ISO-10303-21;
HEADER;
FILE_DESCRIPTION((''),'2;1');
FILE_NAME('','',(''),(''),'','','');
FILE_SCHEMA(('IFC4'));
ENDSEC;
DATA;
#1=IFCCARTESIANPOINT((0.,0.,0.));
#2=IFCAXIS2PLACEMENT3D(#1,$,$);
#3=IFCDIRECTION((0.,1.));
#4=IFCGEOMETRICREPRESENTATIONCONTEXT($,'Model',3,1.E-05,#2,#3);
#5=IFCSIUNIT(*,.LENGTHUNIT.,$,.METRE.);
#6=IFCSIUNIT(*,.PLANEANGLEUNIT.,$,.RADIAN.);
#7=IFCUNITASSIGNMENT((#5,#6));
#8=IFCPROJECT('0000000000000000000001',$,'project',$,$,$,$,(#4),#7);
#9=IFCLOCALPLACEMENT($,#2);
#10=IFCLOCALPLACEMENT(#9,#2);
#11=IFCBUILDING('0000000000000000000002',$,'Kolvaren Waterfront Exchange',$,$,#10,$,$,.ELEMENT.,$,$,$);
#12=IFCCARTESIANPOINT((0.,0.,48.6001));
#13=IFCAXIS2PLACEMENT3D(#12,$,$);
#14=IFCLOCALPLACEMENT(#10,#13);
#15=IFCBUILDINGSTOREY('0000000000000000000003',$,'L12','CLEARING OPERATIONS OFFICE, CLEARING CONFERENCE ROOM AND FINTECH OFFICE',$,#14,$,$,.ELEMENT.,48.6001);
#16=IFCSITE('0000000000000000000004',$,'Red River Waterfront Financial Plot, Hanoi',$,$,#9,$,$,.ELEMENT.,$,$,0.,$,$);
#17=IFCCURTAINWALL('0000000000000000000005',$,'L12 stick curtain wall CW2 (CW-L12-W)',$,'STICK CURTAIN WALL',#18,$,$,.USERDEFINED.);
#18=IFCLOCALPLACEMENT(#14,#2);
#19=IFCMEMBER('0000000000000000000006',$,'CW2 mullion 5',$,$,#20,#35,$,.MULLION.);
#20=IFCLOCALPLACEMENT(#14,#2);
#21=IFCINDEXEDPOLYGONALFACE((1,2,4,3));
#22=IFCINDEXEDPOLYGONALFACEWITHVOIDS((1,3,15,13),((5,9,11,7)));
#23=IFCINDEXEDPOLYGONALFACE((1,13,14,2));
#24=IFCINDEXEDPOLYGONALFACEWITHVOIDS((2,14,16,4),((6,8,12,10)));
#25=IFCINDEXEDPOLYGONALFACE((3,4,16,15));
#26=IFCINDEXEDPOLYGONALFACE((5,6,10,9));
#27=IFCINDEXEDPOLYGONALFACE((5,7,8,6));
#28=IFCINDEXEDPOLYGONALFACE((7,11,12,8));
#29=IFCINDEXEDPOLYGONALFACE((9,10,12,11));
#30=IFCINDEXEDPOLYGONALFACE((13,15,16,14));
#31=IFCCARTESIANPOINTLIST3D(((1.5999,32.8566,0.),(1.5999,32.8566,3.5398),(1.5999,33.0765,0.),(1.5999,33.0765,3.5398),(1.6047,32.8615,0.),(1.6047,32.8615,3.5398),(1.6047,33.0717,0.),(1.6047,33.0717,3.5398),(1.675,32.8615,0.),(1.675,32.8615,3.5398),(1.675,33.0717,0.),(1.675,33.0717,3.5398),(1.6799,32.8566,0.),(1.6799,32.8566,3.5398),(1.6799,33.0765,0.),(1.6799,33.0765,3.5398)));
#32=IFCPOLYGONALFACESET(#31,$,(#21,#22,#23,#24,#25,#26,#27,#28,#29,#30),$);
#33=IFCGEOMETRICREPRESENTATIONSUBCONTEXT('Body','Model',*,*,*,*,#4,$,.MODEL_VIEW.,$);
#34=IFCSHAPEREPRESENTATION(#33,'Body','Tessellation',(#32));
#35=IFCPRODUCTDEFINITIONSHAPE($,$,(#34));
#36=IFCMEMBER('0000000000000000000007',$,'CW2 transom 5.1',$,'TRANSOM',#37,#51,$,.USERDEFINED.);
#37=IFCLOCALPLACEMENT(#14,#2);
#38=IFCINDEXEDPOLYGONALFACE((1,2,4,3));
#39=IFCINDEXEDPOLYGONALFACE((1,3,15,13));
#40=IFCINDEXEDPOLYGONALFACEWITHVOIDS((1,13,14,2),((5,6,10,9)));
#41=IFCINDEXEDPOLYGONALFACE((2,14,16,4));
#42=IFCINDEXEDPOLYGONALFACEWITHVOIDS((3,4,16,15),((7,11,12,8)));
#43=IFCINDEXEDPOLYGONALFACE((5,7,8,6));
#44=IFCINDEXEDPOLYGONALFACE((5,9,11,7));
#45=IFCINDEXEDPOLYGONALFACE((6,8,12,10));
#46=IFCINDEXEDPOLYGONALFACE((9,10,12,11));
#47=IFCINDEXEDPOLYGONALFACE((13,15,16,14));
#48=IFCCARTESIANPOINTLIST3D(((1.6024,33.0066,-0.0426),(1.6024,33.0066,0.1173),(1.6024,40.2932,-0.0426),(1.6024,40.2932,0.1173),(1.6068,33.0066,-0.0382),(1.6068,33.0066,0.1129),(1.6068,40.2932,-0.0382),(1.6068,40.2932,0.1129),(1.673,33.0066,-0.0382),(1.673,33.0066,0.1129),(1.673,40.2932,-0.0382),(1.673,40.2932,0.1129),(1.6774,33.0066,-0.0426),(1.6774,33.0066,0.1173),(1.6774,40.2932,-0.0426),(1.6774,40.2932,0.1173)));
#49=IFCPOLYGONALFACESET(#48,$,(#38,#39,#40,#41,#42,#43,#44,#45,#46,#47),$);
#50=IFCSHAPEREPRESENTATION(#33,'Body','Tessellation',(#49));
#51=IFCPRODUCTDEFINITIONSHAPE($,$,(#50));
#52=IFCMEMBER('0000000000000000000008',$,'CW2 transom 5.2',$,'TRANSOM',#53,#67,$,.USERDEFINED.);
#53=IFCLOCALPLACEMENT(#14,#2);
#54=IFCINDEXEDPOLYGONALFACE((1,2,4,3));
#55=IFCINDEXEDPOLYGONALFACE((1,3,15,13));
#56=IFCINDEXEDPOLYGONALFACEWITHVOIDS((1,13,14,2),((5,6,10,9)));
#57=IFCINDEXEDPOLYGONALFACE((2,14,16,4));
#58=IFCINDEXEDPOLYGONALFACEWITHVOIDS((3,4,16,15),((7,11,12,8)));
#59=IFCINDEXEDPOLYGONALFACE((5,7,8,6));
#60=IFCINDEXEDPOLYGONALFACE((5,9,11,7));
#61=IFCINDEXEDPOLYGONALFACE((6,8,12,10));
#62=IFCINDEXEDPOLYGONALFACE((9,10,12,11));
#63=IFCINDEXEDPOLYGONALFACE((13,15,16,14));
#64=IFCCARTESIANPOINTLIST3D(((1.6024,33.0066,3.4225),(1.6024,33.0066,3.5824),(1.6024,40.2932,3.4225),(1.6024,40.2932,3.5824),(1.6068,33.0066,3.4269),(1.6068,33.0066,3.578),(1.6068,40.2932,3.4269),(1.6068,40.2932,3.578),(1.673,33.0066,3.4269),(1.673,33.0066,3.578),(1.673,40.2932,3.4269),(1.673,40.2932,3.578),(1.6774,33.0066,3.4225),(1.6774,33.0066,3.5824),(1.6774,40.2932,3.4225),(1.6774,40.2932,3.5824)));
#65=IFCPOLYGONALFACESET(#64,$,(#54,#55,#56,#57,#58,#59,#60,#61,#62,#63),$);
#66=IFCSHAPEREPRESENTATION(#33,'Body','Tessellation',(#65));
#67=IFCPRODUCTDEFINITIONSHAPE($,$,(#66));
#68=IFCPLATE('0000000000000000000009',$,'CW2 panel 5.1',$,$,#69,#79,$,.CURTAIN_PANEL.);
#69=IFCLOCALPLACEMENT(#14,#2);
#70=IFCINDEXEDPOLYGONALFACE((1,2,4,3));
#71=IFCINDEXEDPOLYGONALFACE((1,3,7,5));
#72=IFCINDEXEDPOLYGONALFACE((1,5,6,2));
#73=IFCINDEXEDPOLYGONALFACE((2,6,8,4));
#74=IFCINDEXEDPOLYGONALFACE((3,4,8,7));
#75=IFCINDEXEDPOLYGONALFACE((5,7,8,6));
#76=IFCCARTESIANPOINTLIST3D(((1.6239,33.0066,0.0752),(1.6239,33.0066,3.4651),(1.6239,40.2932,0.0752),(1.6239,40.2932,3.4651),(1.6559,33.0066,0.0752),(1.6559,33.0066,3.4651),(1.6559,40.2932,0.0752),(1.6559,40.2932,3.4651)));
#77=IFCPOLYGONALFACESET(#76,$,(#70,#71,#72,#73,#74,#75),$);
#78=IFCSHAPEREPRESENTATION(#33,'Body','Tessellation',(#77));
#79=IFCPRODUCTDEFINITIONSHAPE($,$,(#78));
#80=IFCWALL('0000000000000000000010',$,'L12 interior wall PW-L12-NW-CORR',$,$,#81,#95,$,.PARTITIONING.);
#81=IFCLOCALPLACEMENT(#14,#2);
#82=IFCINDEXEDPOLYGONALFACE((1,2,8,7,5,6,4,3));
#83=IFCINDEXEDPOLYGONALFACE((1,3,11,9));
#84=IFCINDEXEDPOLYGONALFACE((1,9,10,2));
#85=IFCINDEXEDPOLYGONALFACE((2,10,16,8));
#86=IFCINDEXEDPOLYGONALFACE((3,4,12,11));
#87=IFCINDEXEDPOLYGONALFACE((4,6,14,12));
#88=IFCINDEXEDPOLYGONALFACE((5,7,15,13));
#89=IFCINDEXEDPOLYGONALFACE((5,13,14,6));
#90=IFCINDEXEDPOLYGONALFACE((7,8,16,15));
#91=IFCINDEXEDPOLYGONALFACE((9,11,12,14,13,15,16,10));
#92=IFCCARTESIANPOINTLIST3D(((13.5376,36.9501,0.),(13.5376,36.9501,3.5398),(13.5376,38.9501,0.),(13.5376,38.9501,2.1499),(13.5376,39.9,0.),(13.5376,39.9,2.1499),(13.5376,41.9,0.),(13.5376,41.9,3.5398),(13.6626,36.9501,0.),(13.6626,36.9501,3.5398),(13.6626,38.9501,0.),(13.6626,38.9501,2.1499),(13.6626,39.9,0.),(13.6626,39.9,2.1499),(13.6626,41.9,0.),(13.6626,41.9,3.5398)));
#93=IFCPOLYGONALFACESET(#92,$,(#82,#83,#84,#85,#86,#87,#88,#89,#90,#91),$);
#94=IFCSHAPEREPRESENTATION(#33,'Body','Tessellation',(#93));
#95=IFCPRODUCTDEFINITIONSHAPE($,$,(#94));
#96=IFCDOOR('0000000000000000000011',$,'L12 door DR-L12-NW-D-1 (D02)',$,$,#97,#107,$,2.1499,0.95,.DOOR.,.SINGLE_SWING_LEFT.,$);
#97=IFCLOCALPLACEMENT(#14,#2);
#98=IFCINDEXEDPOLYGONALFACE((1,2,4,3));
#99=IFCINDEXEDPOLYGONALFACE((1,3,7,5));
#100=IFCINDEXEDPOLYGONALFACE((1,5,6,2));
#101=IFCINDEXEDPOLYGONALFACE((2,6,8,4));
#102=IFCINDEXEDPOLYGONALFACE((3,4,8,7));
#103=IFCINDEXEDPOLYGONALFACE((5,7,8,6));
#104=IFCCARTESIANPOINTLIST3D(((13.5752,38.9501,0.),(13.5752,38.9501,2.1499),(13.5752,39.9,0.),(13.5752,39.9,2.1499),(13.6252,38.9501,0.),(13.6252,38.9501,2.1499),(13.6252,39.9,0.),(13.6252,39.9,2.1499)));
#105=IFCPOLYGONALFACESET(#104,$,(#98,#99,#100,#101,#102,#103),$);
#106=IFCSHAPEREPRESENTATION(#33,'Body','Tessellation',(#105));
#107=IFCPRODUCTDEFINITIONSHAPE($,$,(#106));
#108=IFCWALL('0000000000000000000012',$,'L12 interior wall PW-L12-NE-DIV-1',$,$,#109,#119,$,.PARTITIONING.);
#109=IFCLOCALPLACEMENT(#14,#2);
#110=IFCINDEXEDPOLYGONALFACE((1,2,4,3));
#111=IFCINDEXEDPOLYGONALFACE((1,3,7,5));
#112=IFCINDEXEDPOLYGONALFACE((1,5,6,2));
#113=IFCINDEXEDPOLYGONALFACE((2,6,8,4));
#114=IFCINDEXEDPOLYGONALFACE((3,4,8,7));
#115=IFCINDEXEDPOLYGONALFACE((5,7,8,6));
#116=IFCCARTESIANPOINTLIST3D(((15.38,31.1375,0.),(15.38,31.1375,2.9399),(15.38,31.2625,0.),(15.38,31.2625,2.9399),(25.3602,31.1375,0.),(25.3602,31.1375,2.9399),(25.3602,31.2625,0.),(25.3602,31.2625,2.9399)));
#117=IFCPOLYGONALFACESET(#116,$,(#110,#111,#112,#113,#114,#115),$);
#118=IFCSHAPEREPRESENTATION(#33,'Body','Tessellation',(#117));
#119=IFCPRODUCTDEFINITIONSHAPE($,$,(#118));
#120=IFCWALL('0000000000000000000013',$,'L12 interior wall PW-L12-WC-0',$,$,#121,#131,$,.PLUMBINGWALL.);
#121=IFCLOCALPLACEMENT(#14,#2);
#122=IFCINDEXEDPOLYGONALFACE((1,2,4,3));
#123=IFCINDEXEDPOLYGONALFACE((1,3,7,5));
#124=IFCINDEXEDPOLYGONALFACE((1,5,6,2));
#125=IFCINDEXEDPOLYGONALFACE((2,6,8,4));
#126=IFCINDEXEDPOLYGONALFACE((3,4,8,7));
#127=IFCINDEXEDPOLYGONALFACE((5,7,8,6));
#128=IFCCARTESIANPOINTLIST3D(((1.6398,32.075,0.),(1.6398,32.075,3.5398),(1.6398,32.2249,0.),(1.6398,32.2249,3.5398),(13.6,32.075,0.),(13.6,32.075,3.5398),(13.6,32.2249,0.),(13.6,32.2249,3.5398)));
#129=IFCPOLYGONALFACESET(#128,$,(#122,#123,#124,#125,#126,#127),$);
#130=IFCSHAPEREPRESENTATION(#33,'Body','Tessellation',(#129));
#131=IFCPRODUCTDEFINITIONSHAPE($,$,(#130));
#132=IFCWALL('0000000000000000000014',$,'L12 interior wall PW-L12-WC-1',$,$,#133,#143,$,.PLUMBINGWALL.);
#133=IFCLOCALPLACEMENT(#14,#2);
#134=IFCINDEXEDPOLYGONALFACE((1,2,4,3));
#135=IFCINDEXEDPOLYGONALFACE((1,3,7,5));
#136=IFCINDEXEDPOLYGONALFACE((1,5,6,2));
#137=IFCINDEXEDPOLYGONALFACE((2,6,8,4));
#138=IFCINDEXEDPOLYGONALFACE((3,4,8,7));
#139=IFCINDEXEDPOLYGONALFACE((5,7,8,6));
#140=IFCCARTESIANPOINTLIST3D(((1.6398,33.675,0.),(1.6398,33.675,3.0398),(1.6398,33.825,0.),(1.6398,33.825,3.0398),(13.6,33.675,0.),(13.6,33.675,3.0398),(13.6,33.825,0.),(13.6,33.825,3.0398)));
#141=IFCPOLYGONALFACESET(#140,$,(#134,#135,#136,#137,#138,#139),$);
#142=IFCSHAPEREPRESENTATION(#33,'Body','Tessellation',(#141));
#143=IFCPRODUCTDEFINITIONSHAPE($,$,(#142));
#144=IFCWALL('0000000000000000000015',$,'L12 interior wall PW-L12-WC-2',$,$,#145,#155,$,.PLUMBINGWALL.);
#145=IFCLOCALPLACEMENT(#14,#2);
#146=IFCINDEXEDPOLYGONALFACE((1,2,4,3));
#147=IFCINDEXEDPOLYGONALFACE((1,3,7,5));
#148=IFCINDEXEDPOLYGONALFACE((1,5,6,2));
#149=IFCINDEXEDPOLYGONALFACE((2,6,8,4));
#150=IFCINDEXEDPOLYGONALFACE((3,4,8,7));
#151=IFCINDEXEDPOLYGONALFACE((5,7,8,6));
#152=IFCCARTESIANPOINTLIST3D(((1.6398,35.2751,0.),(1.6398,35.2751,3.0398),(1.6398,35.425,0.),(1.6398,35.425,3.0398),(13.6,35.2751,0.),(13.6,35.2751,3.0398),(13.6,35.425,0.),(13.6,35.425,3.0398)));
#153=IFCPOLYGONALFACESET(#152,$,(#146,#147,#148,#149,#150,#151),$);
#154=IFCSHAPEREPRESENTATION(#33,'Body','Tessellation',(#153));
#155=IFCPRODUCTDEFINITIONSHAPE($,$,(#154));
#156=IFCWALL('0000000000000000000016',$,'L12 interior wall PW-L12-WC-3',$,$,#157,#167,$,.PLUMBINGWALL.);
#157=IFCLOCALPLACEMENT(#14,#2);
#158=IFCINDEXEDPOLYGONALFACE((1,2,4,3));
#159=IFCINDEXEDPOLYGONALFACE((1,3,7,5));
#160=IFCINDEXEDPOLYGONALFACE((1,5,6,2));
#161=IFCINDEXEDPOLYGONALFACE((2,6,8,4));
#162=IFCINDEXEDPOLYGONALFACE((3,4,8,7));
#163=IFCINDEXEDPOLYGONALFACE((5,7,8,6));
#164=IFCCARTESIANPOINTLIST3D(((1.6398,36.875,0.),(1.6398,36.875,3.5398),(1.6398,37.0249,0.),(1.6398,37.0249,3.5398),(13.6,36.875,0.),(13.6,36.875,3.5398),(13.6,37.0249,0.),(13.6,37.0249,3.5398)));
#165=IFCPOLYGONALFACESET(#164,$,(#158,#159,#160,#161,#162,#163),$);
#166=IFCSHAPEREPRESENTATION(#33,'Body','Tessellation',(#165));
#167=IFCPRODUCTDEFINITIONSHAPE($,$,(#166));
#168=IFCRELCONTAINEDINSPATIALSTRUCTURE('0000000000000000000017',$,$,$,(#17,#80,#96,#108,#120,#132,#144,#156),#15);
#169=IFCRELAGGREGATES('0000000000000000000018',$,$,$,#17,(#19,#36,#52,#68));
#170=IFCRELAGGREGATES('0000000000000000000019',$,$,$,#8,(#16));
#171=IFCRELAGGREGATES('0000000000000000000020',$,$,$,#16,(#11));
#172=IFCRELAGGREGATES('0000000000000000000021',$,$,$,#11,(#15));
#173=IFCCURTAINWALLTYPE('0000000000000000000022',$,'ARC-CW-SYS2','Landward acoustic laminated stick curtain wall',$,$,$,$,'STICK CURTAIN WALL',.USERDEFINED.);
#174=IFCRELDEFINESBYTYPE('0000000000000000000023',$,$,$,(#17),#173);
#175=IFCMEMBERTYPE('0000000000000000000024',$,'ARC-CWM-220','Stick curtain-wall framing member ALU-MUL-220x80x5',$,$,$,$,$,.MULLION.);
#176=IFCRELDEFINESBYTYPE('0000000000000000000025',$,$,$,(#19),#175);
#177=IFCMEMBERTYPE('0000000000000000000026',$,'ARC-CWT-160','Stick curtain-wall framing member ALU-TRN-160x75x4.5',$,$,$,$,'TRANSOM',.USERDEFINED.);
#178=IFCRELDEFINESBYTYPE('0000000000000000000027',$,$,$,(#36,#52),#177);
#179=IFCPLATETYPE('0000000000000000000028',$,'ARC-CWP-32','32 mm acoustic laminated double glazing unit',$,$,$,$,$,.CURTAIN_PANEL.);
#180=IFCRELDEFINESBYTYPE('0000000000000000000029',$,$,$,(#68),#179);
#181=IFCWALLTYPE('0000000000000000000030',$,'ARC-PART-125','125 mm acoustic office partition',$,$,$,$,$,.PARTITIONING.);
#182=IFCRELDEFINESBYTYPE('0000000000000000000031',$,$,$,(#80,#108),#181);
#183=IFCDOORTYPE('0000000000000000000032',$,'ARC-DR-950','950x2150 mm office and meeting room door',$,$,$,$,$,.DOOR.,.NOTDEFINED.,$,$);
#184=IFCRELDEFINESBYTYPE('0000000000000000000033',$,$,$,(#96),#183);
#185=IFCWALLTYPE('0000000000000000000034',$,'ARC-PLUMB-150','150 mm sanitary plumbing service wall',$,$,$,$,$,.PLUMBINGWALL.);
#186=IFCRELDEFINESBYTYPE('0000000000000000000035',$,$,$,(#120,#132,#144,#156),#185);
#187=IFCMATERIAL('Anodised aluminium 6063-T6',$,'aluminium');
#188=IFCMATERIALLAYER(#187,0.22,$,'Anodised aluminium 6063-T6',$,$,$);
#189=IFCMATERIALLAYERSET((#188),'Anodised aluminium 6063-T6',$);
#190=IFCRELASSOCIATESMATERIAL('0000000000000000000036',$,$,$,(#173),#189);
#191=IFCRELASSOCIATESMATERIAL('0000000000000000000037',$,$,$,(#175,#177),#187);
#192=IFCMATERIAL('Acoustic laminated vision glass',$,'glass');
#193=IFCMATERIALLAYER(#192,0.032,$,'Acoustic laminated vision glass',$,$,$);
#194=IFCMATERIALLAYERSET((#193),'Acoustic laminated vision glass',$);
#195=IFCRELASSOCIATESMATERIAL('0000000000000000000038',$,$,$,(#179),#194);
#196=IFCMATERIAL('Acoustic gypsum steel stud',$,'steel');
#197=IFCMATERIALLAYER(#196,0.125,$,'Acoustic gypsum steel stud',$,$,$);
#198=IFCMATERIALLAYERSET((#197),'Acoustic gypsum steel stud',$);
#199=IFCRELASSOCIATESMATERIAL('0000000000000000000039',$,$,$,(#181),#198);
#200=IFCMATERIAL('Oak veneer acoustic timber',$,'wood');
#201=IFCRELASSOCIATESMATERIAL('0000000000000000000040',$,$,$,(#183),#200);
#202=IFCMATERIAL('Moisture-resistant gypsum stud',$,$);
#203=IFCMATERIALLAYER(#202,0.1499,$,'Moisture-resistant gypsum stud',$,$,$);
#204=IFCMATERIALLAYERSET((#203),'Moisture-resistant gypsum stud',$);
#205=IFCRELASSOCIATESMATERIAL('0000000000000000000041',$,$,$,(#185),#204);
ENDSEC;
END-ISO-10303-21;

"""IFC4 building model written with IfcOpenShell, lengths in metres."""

from ifc_helpers import new_model, si_unit, direction, frame, frame_2d, origin, origin_with_axes, origin_2d, place, context, subcontext, project, spatial, rectangle, hollow_rectangle, extrude, source, transform, mapped, material, layer, layer_set, material_profile, profile_set, type_object, element, fill, aggregate, save


model = new_model("IFC4")

# Units and contexts
model_context = context("Model", 3, precision=1e-05, world=origin(), true_north=direction((0.0, 1.0)))
body_context = subcontext(model_context, "Body", "Model", "MODEL_VIEW")
ifc_project = project(units=[si_unit("LENGTHUNIT", "METRE"), si_unit("PLANEANGLEUNIT", "RADIAN")], contexts=[model_context])

# Site, building, storey
site_placement = place(None, origin())
site = spatial("IfcSite", under=ifc_project, at=site_placement, Name="Red River Waterfront Financial Plot, Hanoi", CompositionType="ELEMENT", RefElevation=0.0)
building_placement = place(site_placement, origin())
building = spatial("IfcBuilding", under=site, at=building_placement, Name="Kolvaren Waterfront Exchange", CompositionType="ELEMENT")
storey_placement = place(building_placement, frame((0.0, 0.0, 48.6001)))
storey = spatial("IfcBuildingStorey", under=building, at=storey_placement, Name="L12", Description="CLEARING OPERATIONS OFFICE, CLEARING CONFERENCE ROOM AND FINTECH OFFICE", CompositionType="ELEMENT", Elevation=48.6001)

# Curtain wall, members, plate
ifc_material_1 = material(Name="Anodised aluminium 6063-T6", Category="aluminium")
ifc_layer_1 = layer(ifc_material_1, 0.22, Name="Anodised aluminium 6063-T6")
ifc_layer_set_1 = layer_set([ifc_layer_1], Name="Anodised aluminium 6063-T6")
curtain_wall_type = type_object("IfcCurtainWallType", Name="ARC-CW-SYS2", Description="Landward acoustic laminated stick curtain wall", ElementType="STICK CURTAIN WALL", PredefinedType="USERDEFINED", material=ifc_layer_set_1)
curtain_wall_placement = place(storey_placement, origin())
curtain_wall = element("IfcCurtainWall", 1, at=curtain_wall_placement, inside=storey, type_object=curtain_wall_type, Name="L12 stick curtain wall CW2 (CW-L12-W)", ObjectType="STICK CURTAIN WALL", PredefinedType="USERDEFINED")
ifc_material_profile_1 = material_profile(ifc_material_1, hollow_rectangle(XDim=0.0801, YDim=0.22, WallThickness=0.0049, at=origin_2d()), Name="ALU-MUL-220x80x5")
ifc_profile_set_1 = profile_set([ifc_material_profile_1], Name="Anodised aluminium 6063-T6")
member_type_1 = type_object("IfcMemberType", Name="ARC-CWM-220", Description="Stick curtain-wall framing member ALU-MUL-220x80x5", PredefinedType="MULLION", material=ifc_profile_set_1)
shared_shape_1 = source(origin_with_axes(), body_context, "Body", "SweptSolid", [
    extrude(hollow_rectangle(XDim=0.0801, YDim=0.22, WallThickness=0.0049, at=origin_2d()), origin(), (0.0, 0.0, 1.0), 3.5398),
])
member_1_placement = place(storey_placement, frame((1.6399, 32.9666, 0.0), z_axis=(0.0, 0.0, 1.0), x_axis=(-1.0, 0.0, 0.0)))
member_1 = element("IfcMember", 2, at=member_1_placement, type_object=member_type_1, Name="CW2 mullion 5", PredefinedType="MULLION", context=body_context, shape_type="MappedRepresentation", body=[
    mapped(shared_shape_1, transform((0.0, 0.0, 0.0), x_axis=(1.0, 0.0, 0.0), y_axis=(0.0, 1.0, 0.0), z_axis=(0.0, 0.0, 1.0), scale=1.0)),
])
ifc_material_profile_2 = material_profile(ifc_material_1, hollow_rectangle(XDim=0.075, YDim=0.1599, WallThickness=0.0044, at=origin_2d()), Name="ALU-TRN-160x75x4.5")
ifc_profile_set_2 = profile_set([ifc_material_profile_2], Name="Anodised aluminium 6063-T6")
member_type_2 = type_object("IfcMemberType", Name="ARC-CWT-160", Description="Stick curtain-wall framing member ALU-TRN-160x75x4.5", ElementType="TRANSOM", PredefinedType="USERDEFINED", material=ifc_profile_set_2)
shared_shape_2 = source(origin_with_axes(), body_context, "Body", "SweptSolid", [
    extrude(hollow_rectangle(XDim=0.075, YDim=0.1599, WallThickness=0.0044, at=origin_2d()), origin(), (0.0, 0.0, 1.0), 7.2866),
])
member_2_placement = place(storey_placement, frame((1.6399, 33.0066, 0.0374), z_axis=(0.0, 1.0, 0.0), x_axis=(-1.0, 0.0, 0.0)))
member_2 = element("IfcMember", 3, at=member_2_placement, type_object=member_type_2, Name="CW2 transom 5.1", ObjectType="TRANSOM", PredefinedType="USERDEFINED", context=body_context, shape_type="MappedRepresentation", body=[
    mapped(shared_shape_2, transform((0.0, 0.0, 0.0), x_axis=(1.0, 0.0, 0.0), y_axis=(0.0, 1.0, 0.0), z_axis=(0.0, 0.0, 1.0), scale=1.0)),
])
member_3_placement = place(storey_placement, frame((1.6399, 33.0066, 3.5024), z_axis=(0.0, 1.0, 0.0), x_axis=(-1.0, 0.0, 0.0)))
member_3 = element("IfcMember", 4, at=member_3_placement, type_object=member_type_2, Name="CW2 transom 5.2", ObjectType="TRANSOM", PredefinedType="USERDEFINED", context=body_context, shape_type="MappedRepresentation", body=[
    mapped(shared_shape_2, transform((0.0, 0.0, 0.0), x_axis=(1.0, 0.0, 0.0), y_axis=(0.0, 1.0, 0.0), z_axis=(0.0, 0.0, 1.0), scale=1.0)),
])
ifc_material_2 = material(Name="Acoustic laminated vision glass", Category="glass")
ifc_layer_2 = layer(ifc_material_2, 0.032, Name="Acoustic laminated vision glass")
ifc_layer_set_2 = layer_set([ifc_layer_2], Name="Acoustic laminated vision glass")
plate_type = type_object("IfcPlateType", Name="ARC-CWP-32", Description="32 mm acoustic laminated double glazing unit", PredefinedType="CURTAIN_PANEL", material=ifc_layer_set_2)
shared_shape_3 = source(origin_with_axes(), body_context, "Body", "SweptSolid", [
    extrude(rectangle(XDim=7.2866, YDim=0.032, at=origin_2d()), origin(), (0.0, 0.0, 1.0), 3.3899),
])
plate_placement = place(storey_placement, frame((1.6399, 36.6499, 0.0752), z_axis=(0.0, 0.0, 1.0), x_axis=(0.0, 1.0, 0.0)))
plate = element("IfcPlate", 5, at=plate_placement, type_object=plate_type, Name="CW2 panel 5.1", PredefinedType="CURTAIN_PANEL", context=body_context, shape_type="MappedRepresentation", body=[
    mapped(shared_shape_3, transform((0.0, 0.0, 0.0), x_axis=(1.0, 0.0, 0.0), y_axis=(0.0, 1.0, 0.0), z_axis=(0.0, 0.0, 1.0), scale=1.0)),
])
aggregate(curtain_wall, [member_1, member_2, member_3, plate])

# Wall, opening, door
ifc_material_3 = material(Name="Acoustic gypsum steel stud", Category="steel")
ifc_layer_3 = layer(ifc_material_3, 0.125, Name="Acoustic gypsum steel stud")
ifc_layer_set_3 = layer_set([ifc_layer_3], Name="Acoustic gypsum steel stud")
wall_type_1 = type_object("IfcWallType", Name="ARC-PART-125", Description="125 mm acoustic office partition", PredefinedType="PARTITIONING", material=ifc_layer_set_3)
wall_1_placement = place(storey_placement, frame((13.6001, 36.95, 0.0), z_axis=(0.0, 0.0, 1.0), x_axis=(0.0, 1.0, 0.0)))
wall_1 = element("IfcWall", 6, at=wall_1_placement, inside=storey, type_object=wall_type_1, Name="L12 interior wall PW-L12-NW-CORR", PredefinedType="PARTITIONING", context=body_context, shape_type="SweptSolid", body=[
    extrude(rectangle(XDim=4.95, YDim=0.125, at=frame_2d((2.4751, 0.0))), origin(), (0.0, 0.0, 1.0), 3.5398),
])
opening_1_placement = place(wall_1_placement, frame((2.0, 0.0, 0.0)))
opening_1 = element("IfcOpeningElement", 7, at=opening_1_placement, cuts=wall_1, PredefinedType="OPENING", context=body_context, shape_type="SweptSolid", body=[
    extrude(rectangle(XDim=0.95, YDim=2.1499, at=frame_2d((0.4751, 1.075))), frame((0.0, 0.0725, 0.0), z_axis=(0.0, -1.0, 0.0), x_axis=(1.0, 0.0, 0.0)), (0.0, 0.0, 1.0), 0.145),
])
ifc_material_4 = material(Name="Oak veneer acoustic timber", Category="wood")
door_type_1 = type_object("IfcDoorType", Name="ARC-DR-950", Description="950x2150 mm office and meeting room door", OperationType="NOTDEFINED", PredefinedType="DOOR", material=ifc_material_4)
door_1_placement = place(opening_1_placement, origin())
door_1 = element("IfcDoor", 8, at=door_1_placement, inside=storey, type_object=door_type_1, Name="L12 door DR-L12-NW-D-1 (D02)", OperationType="SINGLE_SWING_LEFT", OverallHeight=2.1499, OverallWidth=0.95, PredefinedType="DOOR", context=body_context, shape_type="SweptSolid", body=[
    extrude(rectangle(XDim=0.95, YDim=2.1499, at=frame_2d((0.4751, 1.075))), frame((0.0, 0.0249, 0.0), z_axis=(0.0, -1.0, 0.0), x_axis=(1.0, 0.0, 0.0)), (0.0, 0.0, 1.0), 0.05),
])
fill(opening_1, door_1)

# Walls
wall_2_placement = place(storey_placement, frame((15.3799, 31.2, 0.0), z_axis=(0.0, 0.0, 1.0), x_axis=(1.0, 0.0, 0.0)))
element("IfcWall", 9, at=wall_2_placement, inside=storey, type_object=wall_type_1, Name="L12 interior wall PW-L12-NE-DIV-1", PredefinedType="PARTITIONING", context=body_context, shape_type="SweptSolid", body=[
    extrude(rectangle(XDim=9.9802, YDim=0.125, at=frame_2d((4.9902, 0.0))), origin(), (0.0, 0.0, 1.0), 2.9399),
])
ifc_material_5 = material(Name="Moisture-resistant gypsum stud")
ifc_layer_4 = layer(ifc_material_5, 0.1499, Name="Moisture-resistant gypsum stud")
ifc_layer_set_4 = layer_set([ifc_layer_4], Name="Moisture-resistant gypsum stud")
wall_type_2 = type_object("IfcWallType", Name="ARC-PLUMB-150", Description="150 mm sanitary plumbing service wall", PredefinedType="PLUMBINGWALL", material=ifc_layer_set_4)
wall_3_placement = place(storey_placement, frame((1.6399, 32.1499, 0.0), z_axis=(0.0, 0.0, 1.0), x_axis=(1.0, 0.0, 0.0)))
element("IfcWall", 10, at=wall_3_placement, inside=storey, type_object=wall_type_2, Name="L12 interior wall PW-L12-WC-0", PredefinedType="PLUMBINGWALL", context=body_context, shape_type="SweptSolid", body=[
    extrude(rectangle(XDim=11.9602, YDim=0.1499, at=frame_2d((5.98, 0.0))), origin(), (0.0, 0.0, 1.0), 3.5398),
])

# Walls
for number, where, z_axis, x_axis, name in (
    (11, (1.6399, 33.75, 0.0), (0.0, 0.0, 1.0), (1.0, 0.0, 0.0), "L12 interior wall PW-L12-WC-1"),
    (12, (1.6399, 35.3501, 0.0), (0.0, 0.0, 1.0), (1.0, 0.0, 0.0), "L12 interior wall PW-L12-WC-2"),
):
    element("IfcWall", number, at=place(storey_placement, frame(where, z_axis=z_axis, x_axis=x_axis)), inside=storey, type_object=wall_type_2, Name=name, PredefinedType="PLUMBINGWALL", context=body_context, shape_type="SweptSolid", body=[
        extrude(rectangle(XDim=11.9602, YDim=0.1499, at=frame_2d((5.98, 0.0))), origin(), (0.0, 0.0, 1.0), 3.0398),
    ])
wall_4_placement = place(storey_placement, frame((1.6399, 36.95, 0.0), z_axis=(0.0, 0.0, 1.0), x_axis=(1.0, 0.0, 0.0)))
element("IfcWall", 13, at=wall_4_placement, inside=storey, type_object=wall_type_2, Name="L12 interior wall PW-L12-WC-3", PredefinedType="PLUMBINGWALL", context=body_context, shape_type="SweptSolid", body=[
    extrude(rectangle(XDim=11.9602, YDim=0.1499, at=frame_2d((5.98, 0.0))), origin(), (0.0, 0.0, 1.0), 3.5398),
])

save(model, "model.ifc")
